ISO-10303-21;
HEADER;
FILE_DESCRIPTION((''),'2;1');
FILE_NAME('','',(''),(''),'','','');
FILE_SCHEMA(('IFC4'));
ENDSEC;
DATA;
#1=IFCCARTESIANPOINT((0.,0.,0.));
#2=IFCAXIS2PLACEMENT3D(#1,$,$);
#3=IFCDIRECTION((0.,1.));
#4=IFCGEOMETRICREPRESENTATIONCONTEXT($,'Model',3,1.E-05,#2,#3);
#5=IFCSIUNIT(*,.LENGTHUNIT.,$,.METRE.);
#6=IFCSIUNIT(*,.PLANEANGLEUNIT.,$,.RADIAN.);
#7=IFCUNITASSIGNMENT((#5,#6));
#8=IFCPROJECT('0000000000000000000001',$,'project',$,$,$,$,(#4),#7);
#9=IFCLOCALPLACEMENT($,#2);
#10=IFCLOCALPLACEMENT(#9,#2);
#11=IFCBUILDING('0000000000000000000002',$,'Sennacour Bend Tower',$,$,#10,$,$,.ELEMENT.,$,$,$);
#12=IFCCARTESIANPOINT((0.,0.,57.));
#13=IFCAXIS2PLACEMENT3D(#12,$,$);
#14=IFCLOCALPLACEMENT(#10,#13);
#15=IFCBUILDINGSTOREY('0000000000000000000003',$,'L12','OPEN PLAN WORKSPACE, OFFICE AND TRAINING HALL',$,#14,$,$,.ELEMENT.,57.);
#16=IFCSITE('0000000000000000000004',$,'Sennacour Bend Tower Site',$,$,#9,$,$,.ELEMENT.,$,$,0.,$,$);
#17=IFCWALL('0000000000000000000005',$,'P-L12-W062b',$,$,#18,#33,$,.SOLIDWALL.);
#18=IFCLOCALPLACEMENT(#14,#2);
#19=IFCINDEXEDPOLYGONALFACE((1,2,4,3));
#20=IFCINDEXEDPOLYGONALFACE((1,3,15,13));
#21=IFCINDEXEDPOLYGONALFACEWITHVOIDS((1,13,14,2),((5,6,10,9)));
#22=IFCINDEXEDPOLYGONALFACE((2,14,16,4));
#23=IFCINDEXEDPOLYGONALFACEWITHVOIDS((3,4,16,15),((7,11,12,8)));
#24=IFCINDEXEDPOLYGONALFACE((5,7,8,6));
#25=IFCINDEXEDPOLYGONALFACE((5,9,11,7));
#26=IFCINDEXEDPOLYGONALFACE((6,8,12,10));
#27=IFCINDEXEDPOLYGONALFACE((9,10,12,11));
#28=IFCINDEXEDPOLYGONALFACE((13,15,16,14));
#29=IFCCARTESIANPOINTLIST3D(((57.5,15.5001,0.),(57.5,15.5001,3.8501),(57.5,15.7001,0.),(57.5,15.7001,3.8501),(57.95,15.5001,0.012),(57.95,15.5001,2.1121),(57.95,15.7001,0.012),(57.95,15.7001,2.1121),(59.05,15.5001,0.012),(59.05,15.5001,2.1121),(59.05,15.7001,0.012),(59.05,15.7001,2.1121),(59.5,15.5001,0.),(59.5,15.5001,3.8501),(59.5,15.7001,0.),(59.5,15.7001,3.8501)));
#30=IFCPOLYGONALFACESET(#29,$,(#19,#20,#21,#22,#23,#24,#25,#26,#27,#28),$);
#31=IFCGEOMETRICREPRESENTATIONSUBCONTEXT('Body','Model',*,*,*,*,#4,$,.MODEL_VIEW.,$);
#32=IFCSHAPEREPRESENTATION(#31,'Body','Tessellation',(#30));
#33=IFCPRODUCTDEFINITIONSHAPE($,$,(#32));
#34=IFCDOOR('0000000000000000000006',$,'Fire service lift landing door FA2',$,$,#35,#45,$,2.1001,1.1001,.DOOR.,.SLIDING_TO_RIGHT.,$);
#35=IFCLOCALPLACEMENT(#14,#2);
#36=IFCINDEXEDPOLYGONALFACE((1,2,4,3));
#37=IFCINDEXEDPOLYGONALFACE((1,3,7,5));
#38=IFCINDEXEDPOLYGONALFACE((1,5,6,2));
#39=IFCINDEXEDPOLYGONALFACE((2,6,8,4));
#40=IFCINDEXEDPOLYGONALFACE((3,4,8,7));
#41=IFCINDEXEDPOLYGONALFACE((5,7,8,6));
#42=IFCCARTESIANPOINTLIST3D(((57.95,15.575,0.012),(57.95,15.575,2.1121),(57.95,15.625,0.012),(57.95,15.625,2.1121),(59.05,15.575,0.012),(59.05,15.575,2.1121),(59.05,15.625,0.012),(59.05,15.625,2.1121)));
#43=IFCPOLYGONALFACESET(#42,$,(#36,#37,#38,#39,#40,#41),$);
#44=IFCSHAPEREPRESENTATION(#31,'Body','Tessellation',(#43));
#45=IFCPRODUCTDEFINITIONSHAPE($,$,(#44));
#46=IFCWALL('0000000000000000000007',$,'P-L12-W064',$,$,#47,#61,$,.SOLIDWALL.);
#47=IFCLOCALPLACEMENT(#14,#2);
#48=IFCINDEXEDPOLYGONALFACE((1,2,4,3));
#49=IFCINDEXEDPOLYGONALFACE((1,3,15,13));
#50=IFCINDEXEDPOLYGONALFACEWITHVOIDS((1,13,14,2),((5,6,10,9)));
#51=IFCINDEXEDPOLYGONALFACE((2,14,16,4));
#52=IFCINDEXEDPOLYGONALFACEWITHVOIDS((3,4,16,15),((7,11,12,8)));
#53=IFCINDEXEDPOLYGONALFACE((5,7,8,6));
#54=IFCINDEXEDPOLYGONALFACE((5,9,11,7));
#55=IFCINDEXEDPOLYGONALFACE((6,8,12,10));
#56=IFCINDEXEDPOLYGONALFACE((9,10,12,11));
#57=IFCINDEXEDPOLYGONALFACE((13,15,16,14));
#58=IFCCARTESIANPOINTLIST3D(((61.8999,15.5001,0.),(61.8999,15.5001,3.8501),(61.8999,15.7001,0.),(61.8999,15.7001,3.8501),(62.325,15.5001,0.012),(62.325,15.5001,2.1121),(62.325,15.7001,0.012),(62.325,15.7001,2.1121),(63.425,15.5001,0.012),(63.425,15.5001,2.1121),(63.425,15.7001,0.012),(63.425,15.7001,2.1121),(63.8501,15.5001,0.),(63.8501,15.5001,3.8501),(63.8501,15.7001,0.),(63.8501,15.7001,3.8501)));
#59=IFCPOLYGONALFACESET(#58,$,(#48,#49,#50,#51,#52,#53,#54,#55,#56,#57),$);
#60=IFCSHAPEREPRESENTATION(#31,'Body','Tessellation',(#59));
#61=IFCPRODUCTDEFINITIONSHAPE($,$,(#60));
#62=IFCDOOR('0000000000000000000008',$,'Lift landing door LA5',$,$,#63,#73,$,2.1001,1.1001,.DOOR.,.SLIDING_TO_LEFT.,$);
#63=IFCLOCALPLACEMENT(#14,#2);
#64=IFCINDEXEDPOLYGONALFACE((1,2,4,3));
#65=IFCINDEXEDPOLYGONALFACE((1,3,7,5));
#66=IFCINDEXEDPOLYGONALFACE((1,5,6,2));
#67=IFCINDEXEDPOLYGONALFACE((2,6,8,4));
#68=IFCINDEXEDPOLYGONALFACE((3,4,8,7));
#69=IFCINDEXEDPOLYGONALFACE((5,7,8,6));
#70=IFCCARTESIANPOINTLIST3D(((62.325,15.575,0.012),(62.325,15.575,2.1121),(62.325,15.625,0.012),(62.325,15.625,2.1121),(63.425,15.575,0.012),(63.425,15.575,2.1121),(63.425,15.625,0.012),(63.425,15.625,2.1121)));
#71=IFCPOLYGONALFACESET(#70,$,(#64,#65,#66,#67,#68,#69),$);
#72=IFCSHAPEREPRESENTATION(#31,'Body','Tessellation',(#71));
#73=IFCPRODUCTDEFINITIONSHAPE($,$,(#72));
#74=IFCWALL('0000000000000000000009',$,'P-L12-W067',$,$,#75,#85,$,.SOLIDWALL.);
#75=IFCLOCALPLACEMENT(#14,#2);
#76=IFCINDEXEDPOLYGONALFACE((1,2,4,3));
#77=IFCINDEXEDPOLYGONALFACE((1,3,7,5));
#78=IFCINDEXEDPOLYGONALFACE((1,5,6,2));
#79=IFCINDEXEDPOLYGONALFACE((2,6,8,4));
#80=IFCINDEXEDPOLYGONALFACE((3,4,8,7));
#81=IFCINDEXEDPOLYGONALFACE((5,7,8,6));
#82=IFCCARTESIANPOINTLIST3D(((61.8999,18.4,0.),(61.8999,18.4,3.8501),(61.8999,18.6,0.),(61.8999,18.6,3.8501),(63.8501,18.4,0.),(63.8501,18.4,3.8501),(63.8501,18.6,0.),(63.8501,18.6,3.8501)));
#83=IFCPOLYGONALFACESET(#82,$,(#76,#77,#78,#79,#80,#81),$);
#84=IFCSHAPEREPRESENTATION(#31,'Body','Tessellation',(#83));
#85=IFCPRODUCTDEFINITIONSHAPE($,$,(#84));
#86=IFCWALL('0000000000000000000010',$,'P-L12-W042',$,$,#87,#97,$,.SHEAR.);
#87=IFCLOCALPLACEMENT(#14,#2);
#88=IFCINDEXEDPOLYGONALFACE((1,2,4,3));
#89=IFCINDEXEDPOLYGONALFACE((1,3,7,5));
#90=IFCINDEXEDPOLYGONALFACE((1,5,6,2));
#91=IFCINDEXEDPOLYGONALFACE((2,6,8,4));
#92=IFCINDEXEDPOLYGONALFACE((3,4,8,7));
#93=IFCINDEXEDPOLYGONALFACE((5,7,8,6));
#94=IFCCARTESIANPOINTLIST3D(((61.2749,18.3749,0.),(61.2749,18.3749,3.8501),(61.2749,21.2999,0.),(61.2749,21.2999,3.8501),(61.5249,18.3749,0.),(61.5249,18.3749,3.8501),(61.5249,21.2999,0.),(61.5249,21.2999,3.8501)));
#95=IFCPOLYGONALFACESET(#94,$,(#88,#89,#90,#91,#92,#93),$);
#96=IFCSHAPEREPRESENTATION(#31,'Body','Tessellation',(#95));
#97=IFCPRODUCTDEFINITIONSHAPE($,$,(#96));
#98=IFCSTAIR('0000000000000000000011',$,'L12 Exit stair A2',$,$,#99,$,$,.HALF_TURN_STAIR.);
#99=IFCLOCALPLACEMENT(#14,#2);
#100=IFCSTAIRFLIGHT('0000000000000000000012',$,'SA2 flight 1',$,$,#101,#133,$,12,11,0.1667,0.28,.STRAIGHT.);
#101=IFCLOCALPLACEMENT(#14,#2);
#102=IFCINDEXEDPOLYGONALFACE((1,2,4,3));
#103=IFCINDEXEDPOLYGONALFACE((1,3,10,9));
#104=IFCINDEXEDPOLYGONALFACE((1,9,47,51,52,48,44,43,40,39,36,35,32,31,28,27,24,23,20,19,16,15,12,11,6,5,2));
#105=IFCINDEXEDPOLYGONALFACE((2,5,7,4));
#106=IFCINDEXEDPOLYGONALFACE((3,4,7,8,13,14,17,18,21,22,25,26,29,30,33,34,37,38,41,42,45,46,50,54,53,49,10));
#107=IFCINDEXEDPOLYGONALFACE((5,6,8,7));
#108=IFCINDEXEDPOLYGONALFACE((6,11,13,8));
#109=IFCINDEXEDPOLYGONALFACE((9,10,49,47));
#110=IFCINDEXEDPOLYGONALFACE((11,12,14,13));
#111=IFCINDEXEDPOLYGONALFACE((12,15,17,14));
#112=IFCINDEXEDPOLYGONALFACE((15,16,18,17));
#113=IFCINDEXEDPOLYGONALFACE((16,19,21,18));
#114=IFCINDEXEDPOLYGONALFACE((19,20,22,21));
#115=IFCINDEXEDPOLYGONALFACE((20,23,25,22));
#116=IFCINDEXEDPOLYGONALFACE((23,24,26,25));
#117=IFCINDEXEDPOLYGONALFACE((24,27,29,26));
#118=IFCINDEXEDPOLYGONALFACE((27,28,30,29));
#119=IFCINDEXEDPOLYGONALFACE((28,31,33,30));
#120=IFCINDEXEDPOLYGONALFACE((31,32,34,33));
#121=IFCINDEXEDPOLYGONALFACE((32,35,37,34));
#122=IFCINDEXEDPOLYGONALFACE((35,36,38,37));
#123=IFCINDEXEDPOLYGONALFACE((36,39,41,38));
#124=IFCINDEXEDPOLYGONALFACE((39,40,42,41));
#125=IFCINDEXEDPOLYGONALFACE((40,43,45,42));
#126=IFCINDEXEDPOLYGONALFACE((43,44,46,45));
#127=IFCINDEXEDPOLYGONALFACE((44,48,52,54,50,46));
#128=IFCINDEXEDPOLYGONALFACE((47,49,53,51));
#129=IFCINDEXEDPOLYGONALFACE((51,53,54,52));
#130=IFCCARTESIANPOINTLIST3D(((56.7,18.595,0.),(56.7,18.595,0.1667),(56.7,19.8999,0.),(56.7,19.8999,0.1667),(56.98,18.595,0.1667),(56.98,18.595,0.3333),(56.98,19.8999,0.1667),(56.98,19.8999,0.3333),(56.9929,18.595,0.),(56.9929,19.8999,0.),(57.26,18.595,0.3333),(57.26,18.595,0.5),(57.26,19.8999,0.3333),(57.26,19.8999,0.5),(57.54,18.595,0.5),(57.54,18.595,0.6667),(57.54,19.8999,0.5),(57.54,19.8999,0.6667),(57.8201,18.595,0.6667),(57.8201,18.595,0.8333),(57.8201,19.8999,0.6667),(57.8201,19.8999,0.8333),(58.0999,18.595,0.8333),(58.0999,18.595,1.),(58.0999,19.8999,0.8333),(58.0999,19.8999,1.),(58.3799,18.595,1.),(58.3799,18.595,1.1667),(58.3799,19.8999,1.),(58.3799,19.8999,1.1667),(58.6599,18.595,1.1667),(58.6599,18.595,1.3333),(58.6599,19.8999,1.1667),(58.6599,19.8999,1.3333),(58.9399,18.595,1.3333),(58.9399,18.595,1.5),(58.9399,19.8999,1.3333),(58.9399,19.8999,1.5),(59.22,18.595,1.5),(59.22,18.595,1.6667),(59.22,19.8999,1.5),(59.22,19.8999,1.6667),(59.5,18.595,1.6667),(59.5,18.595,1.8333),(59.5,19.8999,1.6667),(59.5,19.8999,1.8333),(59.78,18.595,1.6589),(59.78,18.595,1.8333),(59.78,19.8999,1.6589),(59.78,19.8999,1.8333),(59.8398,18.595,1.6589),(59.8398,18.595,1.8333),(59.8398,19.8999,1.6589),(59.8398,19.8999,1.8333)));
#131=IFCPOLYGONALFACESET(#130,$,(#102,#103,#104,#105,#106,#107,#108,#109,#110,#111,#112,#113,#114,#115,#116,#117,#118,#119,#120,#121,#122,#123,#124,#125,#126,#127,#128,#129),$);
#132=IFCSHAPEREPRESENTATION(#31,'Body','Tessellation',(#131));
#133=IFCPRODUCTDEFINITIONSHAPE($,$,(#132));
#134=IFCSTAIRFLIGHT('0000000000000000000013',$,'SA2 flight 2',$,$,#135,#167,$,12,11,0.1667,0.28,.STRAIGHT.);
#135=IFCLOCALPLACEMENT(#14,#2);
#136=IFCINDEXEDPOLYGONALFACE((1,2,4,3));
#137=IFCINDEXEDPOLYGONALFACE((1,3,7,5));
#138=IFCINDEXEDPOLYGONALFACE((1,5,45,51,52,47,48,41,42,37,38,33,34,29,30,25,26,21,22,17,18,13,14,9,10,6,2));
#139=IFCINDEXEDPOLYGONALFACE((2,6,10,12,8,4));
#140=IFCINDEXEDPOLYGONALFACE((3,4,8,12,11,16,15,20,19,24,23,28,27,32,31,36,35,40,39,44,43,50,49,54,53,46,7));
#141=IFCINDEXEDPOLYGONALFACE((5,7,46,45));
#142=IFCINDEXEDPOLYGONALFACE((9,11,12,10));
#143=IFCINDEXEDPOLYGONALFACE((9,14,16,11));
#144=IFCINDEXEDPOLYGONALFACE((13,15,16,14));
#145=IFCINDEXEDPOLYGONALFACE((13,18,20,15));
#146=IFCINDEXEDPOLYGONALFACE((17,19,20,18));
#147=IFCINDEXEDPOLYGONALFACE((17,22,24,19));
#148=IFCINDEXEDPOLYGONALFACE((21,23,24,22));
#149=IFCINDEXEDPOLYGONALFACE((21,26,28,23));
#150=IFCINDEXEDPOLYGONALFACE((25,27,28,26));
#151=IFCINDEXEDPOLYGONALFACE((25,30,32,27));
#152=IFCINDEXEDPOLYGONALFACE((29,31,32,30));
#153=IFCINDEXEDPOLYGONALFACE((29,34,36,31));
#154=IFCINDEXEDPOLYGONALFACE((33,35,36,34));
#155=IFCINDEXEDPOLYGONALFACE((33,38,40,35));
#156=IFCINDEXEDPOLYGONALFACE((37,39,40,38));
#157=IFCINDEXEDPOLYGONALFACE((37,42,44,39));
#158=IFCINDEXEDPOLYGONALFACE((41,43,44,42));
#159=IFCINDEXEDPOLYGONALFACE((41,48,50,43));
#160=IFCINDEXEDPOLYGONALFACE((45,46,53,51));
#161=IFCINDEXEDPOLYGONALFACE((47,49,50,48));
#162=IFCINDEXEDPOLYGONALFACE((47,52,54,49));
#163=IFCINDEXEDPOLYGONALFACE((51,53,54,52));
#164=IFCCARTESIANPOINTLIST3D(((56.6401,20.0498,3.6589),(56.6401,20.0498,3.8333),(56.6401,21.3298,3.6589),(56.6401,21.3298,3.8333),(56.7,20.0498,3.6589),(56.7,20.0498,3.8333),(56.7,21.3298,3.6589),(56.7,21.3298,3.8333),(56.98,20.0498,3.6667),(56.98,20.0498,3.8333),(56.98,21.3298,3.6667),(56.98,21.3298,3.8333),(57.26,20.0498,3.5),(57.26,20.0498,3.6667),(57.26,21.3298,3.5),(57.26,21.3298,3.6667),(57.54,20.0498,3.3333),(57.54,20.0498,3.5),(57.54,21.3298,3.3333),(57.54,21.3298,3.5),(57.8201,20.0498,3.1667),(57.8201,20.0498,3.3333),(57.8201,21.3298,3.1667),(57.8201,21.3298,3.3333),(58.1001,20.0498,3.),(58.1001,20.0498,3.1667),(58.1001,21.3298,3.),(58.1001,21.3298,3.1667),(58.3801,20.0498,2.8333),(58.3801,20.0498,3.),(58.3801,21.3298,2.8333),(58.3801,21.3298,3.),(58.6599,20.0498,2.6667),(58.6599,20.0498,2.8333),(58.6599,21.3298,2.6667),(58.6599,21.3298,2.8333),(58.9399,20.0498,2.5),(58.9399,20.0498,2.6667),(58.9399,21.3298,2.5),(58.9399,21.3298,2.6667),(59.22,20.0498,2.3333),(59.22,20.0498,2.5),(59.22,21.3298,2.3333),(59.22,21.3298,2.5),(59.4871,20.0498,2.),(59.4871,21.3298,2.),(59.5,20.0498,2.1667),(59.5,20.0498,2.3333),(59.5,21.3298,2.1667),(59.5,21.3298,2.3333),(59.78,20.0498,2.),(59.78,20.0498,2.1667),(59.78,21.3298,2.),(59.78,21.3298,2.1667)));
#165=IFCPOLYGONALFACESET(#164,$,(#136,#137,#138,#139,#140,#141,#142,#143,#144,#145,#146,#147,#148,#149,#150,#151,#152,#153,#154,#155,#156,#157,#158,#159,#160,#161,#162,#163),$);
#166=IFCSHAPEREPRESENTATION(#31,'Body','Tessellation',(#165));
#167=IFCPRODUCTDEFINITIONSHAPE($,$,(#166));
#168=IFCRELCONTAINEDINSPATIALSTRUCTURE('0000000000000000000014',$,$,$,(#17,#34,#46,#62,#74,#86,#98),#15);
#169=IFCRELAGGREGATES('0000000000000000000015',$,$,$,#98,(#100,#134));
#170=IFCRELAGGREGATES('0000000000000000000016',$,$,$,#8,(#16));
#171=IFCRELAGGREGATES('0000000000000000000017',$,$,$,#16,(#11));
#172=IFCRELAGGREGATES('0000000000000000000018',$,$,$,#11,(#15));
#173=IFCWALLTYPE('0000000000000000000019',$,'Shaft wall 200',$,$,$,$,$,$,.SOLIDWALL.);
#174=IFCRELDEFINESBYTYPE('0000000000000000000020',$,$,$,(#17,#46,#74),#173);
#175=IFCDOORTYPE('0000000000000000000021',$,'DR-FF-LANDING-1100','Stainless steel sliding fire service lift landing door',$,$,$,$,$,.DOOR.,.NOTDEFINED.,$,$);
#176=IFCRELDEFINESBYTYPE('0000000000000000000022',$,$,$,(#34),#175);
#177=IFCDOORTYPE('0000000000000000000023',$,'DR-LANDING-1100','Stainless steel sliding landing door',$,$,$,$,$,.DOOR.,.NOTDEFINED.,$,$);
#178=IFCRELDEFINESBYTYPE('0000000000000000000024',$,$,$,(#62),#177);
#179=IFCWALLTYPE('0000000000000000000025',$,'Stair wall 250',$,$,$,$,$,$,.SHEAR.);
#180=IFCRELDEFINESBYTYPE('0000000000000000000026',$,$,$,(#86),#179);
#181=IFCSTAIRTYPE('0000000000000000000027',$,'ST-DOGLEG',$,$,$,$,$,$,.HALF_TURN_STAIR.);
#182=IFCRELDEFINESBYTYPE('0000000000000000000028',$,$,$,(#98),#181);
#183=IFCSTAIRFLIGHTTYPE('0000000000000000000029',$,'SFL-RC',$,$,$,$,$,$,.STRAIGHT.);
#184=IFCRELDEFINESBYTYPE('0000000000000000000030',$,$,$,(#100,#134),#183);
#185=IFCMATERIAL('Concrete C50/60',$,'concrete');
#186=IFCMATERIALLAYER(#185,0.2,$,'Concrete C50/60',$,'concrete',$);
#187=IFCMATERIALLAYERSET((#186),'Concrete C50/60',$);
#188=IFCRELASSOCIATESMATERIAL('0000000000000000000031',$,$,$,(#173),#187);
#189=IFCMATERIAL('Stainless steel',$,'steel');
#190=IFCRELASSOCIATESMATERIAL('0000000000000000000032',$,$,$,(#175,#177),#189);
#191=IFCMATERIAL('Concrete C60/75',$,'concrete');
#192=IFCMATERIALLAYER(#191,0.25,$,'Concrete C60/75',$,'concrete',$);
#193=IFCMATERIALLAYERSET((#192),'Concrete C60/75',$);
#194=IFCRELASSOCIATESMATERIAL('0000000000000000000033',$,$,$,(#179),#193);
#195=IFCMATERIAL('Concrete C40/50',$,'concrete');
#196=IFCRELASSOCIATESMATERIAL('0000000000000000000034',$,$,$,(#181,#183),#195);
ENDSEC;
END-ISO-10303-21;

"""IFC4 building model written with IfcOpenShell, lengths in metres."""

from ifc_helpers import new_model, si_unit, direction, frame, frame_2d, origin, place, context, subcontext, project, spatial, polyline, rectangle, outline, extrude, material, layer, layer_set, type_object, element, fill, aggregate, save


model = new_model("IFC4")

# Units and contexts
model_context = context("Model", 3, precision=1e-05, world=origin(), true_north=direction((0.0, 1.0)))
body_context = subcontext(model_context, "Body", "Model", "MODEL_VIEW")
ifc_project = project(units=[si_unit("LENGTHUNIT", "METRE"), si_unit("PLANEANGLEUNIT", "RADIAN")], contexts=[model_context])

# Site, building, storey
site_placement = place(None, origin())
site = spatial("IfcSite", under=ifc_project, at=site_placement, Name="Sennacour Bend Tower Site", CompositionType="ELEMENT", RefElevation=0.0)
building_placement = place(site_placement, origin())
building = spatial("IfcBuilding", under=site, at=building_placement, Name="Sennacour Bend Tower", CompositionType="ELEMENT")
storey_placement = place(building_placement, frame((0.0, 0.0, 57.0)))
storey = spatial("IfcBuildingStorey", under=building, at=storey_placement, Name="L12", Description="OPEN PLAN WORKSPACE, OFFICE AND TRAINING HALL", CompositionType="ELEMENT", Elevation=57.0)

# Shared definitions
ifc_material_1 = material(Name="Concrete C50/60", Category="concrete")
ifc_layer_1 = layer(ifc_material_1, 0.2, Name="Concrete C50/60", Category="concrete")
ifc_layer_set_1 = layer_set([ifc_layer_1], Name="Concrete C50/60")
wall_type_1 = type_object("IfcWallType", Name="Shaft wall 200", PredefinedType="SOLIDWALL", material=ifc_layer_set_1)

# Walls, openings, doors
wall_1_placement = place(storey_placement, frame((57.5, 15.6001, 0.0), z_axis=(0.0, 0.0, 1.0), x_axis=(1.0, 0.0, 0.0)))
wall_1 = element("IfcWall", 1, at=wall_1_placement, inside=storey, type_object=wall_type_1, Name="P-L12-W062b", PredefinedType="SOLIDWALL", context=body_context, shape_type="SweptSolid", body=[
    extrude(rectangle(XDim=2.0, YDim=0.2, at=frame_2d((1.0, 0.0))), origin(), (0.0, 0.0, 1.0), 3.8501),
])
opening_1_placement = place(wall_1_placement, frame((0.45, 0.0, 0.012)))
opening_1 = element("IfcOpeningElement", 2, at=opening_1_placement, cuts=wall_1, PredefinedType="OPENING", context=body_context, shape_type="SweptSolid", body=[
    extrude(rectangle(XDim=1.1001, YDim=2.1001, at=frame_2d((0.55, 1.05))), frame((0.0, 0.1099, 0.0), z_axis=(0.0, -1.0, 0.0), x_axis=(1.0, 0.0, 0.0)), (0.0, 0.0, 1.0), 0.22),
])
ifc_material_2 = material(Name="Stainless steel", Category="steel")
door_type_1 = type_object("IfcDoorType", Name="DR-FF-LANDING-1100", Description="Stainless steel sliding fire service lift landing door", OperationType="NOTDEFINED", PredefinedType="DOOR", material=ifc_material_2)
door_1_placement = place(opening_1_placement, origin())
door_1 = element("IfcDoor", 3, at=door_1_placement, inside=storey, type_object=door_type_1, Name="Fire service lift landing door FA2", OperationType="SLIDING_TO_RIGHT", OverallHeight=2.1001, OverallWidth=1.1001, PredefinedType="DOOR", context=body_context, shape_type="SweptSolid", body=[
    extrude(rectangle(XDim=1.1001, YDim=2.1001, at=frame_2d((0.55, 1.05))), frame((0.0, 0.0249, 0.0), z_axis=(0.0, -1.0, 0.0), x_axis=(1.0, 0.0, 0.0)), (0.0, 0.0, 1.0), 0.05),
])
fill(opening_1, door_1)
wall_2_placement = place(storey_placement, frame((61.8999, 15.6001, 0.0), z_axis=(0.0, 0.0, 1.0), x_axis=(1.0, 0.0, 0.0)))
wall_2 = element("IfcWall", 4, at=wall_2_placement, inside=storey, type_object=wall_type_1, Name="P-L12-W064", PredefinedType="SOLIDWALL", context=body_context, shape_type="SweptSolid", body=[
    extrude(rectangle(XDim=1.9502, YDim=0.2, at=frame_2d((0.9751, 0.0))), origin(), (0.0, 0.0, 1.0), 3.8501),
])
opening_2_placement = place(wall_2_placement, frame((0.425, 0.0, 0.012)))
opening_2 = element("IfcOpeningElement", 5, at=opening_2_placement, cuts=wall_2, PredefinedType="OPENING", context=body_context, shape_type="SweptSolid", body=[
    extrude(rectangle(XDim=1.1001, YDim=2.1001, at=frame_2d((0.55, 1.05))), frame((0.0, 0.1099, 0.0), z_axis=(0.0, -1.0, 0.0), x_axis=(1.0, 0.0, 0.0)), (0.0, 0.0, 1.0), 0.22),
])
door_type_2 = type_object("IfcDoorType", Name="DR-LANDING-1100", Description="Stainless steel sliding landing door", OperationType="NOTDEFINED", PredefinedType="DOOR", material=ifc_material_2)
door_2_placement = place(opening_2_placement, origin())
door_2 = element("IfcDoor", 6, at=door_2_placement, inside=storey, type_object=door_type_2, Name="Lift landing door LA5", OperationType="SLIDING_TO_LEFT", OverallHeight=2.1001, OverallWidth=1.1001, PredefinedType="DOOR", context=body_context, shape_type="SweptSolid", body=[
    extrude(rectangle(XDim=1.1001, YDim=2.1001, at=frame_2d((0.55, 1.05))), frame((0.0, 0.0249, 0.0), z_axis=(0.0, -1.0, 0.0), x_axis=(1.0, 0.0, 0.0)), (0.0, 0.0, 1.0), 0.05),
])
fill(opening_2, door_2)

# Walls
wall_3_placement = place(storey_placement, frame((61.8999, 18.5, 0.0), z_axis=(0.0, 0.0, 1.0), x_axis=(1.0, 0.0, 0.0)))
element("IfcWall", 7, at=wall_3_placement, inside=storey, type_object=wall_type_1, Name="P-L12-W067", PredefinedType="SOLIDWALL", context=body_context, shape_type="SweptSolid", body=[
    extrude(rectangle(XDim=1.9502, YDim=0.2, at=frame_2d((0.9751, 0.0))), origin(), (0.0, 0.0, 1.0), 3.8501),
])
ifc_material_3 = material(Name="Concrete C60/75", Category="concrete")
ifc_layer_2 = layer(ifc_material_3, 0.25, Name="Concrete C60/75", Category="concrete")
ifc_layer_set_2 = layer_set([ifc_layer_2], Name="Concrete C60/75")
wall_type_2 = type_object("IfcWallType", Name="Stair wall 250", PredefinedType="SHEAR", material=ifc_layer_set_2)
wall_4_placement = place(storey_placement, frame((61.3999, 18.375, 0.0), z_axis=(0.0, 0.0, 1.0), x_axis=(0.0, 1.0, 0.0)))
element("IfcWall", 8, at=wall_4_placement, inside=storey, type_object=wall_type_2, Name="P-L12-W042", PredefinedType="SHEAR", context=body_context, shape_type="SweptSolid", body=[
    extrude(rectangle(XDim=2.925, YDim=0.25, at=frame_2d((1.4624, 0.0))), origin(), (0.0, 0.0, 1.0), 3.8501),
])

# Stair, stair flights
ifc_material_4 = material(Name="Concrete C40/50", Category="concrete")
stair_type = type_object("IfcStairType", Name="ST-DOGLEG", PredefinedType="HALF_TURN_STAIR", material=ifc_material_4)
stair_placement = place(storey_placement, origin())
stair = element("IfcStair", 9, at=stair_placement, inside=storey, type_object=stair_type, Name="L12 Exit stair A2", PredefinedType="HALF_TURN_STAIR")
stair_flight_type = type_object("IfcStairFlightType", Name="SFL-RC", PredefinedType="STRAIGHT", material=ifc_material_4)
stair_flight_1_placement = place(storey_placement, frame((56.7, 19.2476, 0.0), z_axis=(0.0, 0.0, 1.0), x_axis=(1.0, 0.0, 0.0)))
stair_flight_1 = element("IfcStairFlight", 10, at=stair_flight_1_placement, type_object=stair_flight_type, Name="SA2 flight 1", NumberOfRisers=12, NumberOfTreads=11, PredefinedType="STRAIGHT", RiserHeight=0.1667, TreadLength=0.28, context=body_context, shape_type="SweptSolid", body=[
    extrude(outline(polyline([(0.0, 0.0), (0.0, 0.1667), (0.28, 0.1667), (0.28, 0.3333), (0.5601, 0.3333), (0.5601, 0.5), (0.8401, 0.5), (0.8401, 0.6667), (1.1201, 0.6667), (1.1201, 0.8333), (1.3999, 0.8333), (1.3999, 1.0), (1.6799, 1.0), (1.6799, 1.1667), (1.96, 1.1667), (1.96, 1.3333), (2.24, 1.3333), (2.24, 1.5), (2.52, 1.5), (2.52, 1.6667), (2.8, 1.6667), (2.8, 1.8333), (3.0801, 1.8333), (3.1399, 1.8333), (3.1399, 1.6589), (3.0801, 1.6589), (0.293, 0.0), (0.0, 0.0)])), frame((0.0, 0.6523, 0.0), z_axis=(0.0, -1.0, 0.0), x_axis=(1.0, 0.0, 0.0)), (0.0, 0.0, 1.0), 1.3049),
])
stair_flight_2_placement = place(storey_placement, frame((59.78, 20.6899, 2.0), z_axis=(0.0, 0.0, 1.0), x_axis=(-1.0, 0.0, 0.0)))
stair_flight_2 = element("IfcStairFlight", 11, at=stair_flight_2_placement, type_object=stair_flight_type, Name="SA2 flight 2", NumberOfRisers=12, NumberOfTreads=11, PredefinedType="STRAIGHT", RiserHeight=0.1667, TreadLength=0.28, context=body_context, shape_type="SweptSolid", body=[
    extrude(outline(polyline([(0.0, 0.0), (0.0, 0.1667), (0.28, 0.1667), (0.28, 0.3333), (0.5601, 0.3333), (0.5601, 0.5), (0.8401, 0.5), (0.8401, 0.6667), (1.1201, 0.6667), (1.1201, 0.8333), (1.3999, 0.8333), (1.3999, 1.0), (1.6799, 1.0), (1.6799, 1.1667), (1.96, 1.1667), (1.96, 1.3333), (2.24, 1.3333), (2.24, 1.5), (2.52, 1.5), (2.52, 1.6667), (2.8, 1.6667), (2.8, 1.8333), (3.0801, 1.8333), (3.1399, 1.8333), (3.1399, 1.6589), (3.0801, 1.6589), (0.293, 0.0), (0.0, 0.0)])), frame((0.0, 0.6401, 0.0), z_axis=(0.0, -1.0, 0.0), x_axis=(1.0, 0.0, 0.0)), (0.0, 0.0, 1.0), 1.28),
])
aggregate(stair, [stair_flight_1, stair_flight_2])

save(model, "model.ifc")
